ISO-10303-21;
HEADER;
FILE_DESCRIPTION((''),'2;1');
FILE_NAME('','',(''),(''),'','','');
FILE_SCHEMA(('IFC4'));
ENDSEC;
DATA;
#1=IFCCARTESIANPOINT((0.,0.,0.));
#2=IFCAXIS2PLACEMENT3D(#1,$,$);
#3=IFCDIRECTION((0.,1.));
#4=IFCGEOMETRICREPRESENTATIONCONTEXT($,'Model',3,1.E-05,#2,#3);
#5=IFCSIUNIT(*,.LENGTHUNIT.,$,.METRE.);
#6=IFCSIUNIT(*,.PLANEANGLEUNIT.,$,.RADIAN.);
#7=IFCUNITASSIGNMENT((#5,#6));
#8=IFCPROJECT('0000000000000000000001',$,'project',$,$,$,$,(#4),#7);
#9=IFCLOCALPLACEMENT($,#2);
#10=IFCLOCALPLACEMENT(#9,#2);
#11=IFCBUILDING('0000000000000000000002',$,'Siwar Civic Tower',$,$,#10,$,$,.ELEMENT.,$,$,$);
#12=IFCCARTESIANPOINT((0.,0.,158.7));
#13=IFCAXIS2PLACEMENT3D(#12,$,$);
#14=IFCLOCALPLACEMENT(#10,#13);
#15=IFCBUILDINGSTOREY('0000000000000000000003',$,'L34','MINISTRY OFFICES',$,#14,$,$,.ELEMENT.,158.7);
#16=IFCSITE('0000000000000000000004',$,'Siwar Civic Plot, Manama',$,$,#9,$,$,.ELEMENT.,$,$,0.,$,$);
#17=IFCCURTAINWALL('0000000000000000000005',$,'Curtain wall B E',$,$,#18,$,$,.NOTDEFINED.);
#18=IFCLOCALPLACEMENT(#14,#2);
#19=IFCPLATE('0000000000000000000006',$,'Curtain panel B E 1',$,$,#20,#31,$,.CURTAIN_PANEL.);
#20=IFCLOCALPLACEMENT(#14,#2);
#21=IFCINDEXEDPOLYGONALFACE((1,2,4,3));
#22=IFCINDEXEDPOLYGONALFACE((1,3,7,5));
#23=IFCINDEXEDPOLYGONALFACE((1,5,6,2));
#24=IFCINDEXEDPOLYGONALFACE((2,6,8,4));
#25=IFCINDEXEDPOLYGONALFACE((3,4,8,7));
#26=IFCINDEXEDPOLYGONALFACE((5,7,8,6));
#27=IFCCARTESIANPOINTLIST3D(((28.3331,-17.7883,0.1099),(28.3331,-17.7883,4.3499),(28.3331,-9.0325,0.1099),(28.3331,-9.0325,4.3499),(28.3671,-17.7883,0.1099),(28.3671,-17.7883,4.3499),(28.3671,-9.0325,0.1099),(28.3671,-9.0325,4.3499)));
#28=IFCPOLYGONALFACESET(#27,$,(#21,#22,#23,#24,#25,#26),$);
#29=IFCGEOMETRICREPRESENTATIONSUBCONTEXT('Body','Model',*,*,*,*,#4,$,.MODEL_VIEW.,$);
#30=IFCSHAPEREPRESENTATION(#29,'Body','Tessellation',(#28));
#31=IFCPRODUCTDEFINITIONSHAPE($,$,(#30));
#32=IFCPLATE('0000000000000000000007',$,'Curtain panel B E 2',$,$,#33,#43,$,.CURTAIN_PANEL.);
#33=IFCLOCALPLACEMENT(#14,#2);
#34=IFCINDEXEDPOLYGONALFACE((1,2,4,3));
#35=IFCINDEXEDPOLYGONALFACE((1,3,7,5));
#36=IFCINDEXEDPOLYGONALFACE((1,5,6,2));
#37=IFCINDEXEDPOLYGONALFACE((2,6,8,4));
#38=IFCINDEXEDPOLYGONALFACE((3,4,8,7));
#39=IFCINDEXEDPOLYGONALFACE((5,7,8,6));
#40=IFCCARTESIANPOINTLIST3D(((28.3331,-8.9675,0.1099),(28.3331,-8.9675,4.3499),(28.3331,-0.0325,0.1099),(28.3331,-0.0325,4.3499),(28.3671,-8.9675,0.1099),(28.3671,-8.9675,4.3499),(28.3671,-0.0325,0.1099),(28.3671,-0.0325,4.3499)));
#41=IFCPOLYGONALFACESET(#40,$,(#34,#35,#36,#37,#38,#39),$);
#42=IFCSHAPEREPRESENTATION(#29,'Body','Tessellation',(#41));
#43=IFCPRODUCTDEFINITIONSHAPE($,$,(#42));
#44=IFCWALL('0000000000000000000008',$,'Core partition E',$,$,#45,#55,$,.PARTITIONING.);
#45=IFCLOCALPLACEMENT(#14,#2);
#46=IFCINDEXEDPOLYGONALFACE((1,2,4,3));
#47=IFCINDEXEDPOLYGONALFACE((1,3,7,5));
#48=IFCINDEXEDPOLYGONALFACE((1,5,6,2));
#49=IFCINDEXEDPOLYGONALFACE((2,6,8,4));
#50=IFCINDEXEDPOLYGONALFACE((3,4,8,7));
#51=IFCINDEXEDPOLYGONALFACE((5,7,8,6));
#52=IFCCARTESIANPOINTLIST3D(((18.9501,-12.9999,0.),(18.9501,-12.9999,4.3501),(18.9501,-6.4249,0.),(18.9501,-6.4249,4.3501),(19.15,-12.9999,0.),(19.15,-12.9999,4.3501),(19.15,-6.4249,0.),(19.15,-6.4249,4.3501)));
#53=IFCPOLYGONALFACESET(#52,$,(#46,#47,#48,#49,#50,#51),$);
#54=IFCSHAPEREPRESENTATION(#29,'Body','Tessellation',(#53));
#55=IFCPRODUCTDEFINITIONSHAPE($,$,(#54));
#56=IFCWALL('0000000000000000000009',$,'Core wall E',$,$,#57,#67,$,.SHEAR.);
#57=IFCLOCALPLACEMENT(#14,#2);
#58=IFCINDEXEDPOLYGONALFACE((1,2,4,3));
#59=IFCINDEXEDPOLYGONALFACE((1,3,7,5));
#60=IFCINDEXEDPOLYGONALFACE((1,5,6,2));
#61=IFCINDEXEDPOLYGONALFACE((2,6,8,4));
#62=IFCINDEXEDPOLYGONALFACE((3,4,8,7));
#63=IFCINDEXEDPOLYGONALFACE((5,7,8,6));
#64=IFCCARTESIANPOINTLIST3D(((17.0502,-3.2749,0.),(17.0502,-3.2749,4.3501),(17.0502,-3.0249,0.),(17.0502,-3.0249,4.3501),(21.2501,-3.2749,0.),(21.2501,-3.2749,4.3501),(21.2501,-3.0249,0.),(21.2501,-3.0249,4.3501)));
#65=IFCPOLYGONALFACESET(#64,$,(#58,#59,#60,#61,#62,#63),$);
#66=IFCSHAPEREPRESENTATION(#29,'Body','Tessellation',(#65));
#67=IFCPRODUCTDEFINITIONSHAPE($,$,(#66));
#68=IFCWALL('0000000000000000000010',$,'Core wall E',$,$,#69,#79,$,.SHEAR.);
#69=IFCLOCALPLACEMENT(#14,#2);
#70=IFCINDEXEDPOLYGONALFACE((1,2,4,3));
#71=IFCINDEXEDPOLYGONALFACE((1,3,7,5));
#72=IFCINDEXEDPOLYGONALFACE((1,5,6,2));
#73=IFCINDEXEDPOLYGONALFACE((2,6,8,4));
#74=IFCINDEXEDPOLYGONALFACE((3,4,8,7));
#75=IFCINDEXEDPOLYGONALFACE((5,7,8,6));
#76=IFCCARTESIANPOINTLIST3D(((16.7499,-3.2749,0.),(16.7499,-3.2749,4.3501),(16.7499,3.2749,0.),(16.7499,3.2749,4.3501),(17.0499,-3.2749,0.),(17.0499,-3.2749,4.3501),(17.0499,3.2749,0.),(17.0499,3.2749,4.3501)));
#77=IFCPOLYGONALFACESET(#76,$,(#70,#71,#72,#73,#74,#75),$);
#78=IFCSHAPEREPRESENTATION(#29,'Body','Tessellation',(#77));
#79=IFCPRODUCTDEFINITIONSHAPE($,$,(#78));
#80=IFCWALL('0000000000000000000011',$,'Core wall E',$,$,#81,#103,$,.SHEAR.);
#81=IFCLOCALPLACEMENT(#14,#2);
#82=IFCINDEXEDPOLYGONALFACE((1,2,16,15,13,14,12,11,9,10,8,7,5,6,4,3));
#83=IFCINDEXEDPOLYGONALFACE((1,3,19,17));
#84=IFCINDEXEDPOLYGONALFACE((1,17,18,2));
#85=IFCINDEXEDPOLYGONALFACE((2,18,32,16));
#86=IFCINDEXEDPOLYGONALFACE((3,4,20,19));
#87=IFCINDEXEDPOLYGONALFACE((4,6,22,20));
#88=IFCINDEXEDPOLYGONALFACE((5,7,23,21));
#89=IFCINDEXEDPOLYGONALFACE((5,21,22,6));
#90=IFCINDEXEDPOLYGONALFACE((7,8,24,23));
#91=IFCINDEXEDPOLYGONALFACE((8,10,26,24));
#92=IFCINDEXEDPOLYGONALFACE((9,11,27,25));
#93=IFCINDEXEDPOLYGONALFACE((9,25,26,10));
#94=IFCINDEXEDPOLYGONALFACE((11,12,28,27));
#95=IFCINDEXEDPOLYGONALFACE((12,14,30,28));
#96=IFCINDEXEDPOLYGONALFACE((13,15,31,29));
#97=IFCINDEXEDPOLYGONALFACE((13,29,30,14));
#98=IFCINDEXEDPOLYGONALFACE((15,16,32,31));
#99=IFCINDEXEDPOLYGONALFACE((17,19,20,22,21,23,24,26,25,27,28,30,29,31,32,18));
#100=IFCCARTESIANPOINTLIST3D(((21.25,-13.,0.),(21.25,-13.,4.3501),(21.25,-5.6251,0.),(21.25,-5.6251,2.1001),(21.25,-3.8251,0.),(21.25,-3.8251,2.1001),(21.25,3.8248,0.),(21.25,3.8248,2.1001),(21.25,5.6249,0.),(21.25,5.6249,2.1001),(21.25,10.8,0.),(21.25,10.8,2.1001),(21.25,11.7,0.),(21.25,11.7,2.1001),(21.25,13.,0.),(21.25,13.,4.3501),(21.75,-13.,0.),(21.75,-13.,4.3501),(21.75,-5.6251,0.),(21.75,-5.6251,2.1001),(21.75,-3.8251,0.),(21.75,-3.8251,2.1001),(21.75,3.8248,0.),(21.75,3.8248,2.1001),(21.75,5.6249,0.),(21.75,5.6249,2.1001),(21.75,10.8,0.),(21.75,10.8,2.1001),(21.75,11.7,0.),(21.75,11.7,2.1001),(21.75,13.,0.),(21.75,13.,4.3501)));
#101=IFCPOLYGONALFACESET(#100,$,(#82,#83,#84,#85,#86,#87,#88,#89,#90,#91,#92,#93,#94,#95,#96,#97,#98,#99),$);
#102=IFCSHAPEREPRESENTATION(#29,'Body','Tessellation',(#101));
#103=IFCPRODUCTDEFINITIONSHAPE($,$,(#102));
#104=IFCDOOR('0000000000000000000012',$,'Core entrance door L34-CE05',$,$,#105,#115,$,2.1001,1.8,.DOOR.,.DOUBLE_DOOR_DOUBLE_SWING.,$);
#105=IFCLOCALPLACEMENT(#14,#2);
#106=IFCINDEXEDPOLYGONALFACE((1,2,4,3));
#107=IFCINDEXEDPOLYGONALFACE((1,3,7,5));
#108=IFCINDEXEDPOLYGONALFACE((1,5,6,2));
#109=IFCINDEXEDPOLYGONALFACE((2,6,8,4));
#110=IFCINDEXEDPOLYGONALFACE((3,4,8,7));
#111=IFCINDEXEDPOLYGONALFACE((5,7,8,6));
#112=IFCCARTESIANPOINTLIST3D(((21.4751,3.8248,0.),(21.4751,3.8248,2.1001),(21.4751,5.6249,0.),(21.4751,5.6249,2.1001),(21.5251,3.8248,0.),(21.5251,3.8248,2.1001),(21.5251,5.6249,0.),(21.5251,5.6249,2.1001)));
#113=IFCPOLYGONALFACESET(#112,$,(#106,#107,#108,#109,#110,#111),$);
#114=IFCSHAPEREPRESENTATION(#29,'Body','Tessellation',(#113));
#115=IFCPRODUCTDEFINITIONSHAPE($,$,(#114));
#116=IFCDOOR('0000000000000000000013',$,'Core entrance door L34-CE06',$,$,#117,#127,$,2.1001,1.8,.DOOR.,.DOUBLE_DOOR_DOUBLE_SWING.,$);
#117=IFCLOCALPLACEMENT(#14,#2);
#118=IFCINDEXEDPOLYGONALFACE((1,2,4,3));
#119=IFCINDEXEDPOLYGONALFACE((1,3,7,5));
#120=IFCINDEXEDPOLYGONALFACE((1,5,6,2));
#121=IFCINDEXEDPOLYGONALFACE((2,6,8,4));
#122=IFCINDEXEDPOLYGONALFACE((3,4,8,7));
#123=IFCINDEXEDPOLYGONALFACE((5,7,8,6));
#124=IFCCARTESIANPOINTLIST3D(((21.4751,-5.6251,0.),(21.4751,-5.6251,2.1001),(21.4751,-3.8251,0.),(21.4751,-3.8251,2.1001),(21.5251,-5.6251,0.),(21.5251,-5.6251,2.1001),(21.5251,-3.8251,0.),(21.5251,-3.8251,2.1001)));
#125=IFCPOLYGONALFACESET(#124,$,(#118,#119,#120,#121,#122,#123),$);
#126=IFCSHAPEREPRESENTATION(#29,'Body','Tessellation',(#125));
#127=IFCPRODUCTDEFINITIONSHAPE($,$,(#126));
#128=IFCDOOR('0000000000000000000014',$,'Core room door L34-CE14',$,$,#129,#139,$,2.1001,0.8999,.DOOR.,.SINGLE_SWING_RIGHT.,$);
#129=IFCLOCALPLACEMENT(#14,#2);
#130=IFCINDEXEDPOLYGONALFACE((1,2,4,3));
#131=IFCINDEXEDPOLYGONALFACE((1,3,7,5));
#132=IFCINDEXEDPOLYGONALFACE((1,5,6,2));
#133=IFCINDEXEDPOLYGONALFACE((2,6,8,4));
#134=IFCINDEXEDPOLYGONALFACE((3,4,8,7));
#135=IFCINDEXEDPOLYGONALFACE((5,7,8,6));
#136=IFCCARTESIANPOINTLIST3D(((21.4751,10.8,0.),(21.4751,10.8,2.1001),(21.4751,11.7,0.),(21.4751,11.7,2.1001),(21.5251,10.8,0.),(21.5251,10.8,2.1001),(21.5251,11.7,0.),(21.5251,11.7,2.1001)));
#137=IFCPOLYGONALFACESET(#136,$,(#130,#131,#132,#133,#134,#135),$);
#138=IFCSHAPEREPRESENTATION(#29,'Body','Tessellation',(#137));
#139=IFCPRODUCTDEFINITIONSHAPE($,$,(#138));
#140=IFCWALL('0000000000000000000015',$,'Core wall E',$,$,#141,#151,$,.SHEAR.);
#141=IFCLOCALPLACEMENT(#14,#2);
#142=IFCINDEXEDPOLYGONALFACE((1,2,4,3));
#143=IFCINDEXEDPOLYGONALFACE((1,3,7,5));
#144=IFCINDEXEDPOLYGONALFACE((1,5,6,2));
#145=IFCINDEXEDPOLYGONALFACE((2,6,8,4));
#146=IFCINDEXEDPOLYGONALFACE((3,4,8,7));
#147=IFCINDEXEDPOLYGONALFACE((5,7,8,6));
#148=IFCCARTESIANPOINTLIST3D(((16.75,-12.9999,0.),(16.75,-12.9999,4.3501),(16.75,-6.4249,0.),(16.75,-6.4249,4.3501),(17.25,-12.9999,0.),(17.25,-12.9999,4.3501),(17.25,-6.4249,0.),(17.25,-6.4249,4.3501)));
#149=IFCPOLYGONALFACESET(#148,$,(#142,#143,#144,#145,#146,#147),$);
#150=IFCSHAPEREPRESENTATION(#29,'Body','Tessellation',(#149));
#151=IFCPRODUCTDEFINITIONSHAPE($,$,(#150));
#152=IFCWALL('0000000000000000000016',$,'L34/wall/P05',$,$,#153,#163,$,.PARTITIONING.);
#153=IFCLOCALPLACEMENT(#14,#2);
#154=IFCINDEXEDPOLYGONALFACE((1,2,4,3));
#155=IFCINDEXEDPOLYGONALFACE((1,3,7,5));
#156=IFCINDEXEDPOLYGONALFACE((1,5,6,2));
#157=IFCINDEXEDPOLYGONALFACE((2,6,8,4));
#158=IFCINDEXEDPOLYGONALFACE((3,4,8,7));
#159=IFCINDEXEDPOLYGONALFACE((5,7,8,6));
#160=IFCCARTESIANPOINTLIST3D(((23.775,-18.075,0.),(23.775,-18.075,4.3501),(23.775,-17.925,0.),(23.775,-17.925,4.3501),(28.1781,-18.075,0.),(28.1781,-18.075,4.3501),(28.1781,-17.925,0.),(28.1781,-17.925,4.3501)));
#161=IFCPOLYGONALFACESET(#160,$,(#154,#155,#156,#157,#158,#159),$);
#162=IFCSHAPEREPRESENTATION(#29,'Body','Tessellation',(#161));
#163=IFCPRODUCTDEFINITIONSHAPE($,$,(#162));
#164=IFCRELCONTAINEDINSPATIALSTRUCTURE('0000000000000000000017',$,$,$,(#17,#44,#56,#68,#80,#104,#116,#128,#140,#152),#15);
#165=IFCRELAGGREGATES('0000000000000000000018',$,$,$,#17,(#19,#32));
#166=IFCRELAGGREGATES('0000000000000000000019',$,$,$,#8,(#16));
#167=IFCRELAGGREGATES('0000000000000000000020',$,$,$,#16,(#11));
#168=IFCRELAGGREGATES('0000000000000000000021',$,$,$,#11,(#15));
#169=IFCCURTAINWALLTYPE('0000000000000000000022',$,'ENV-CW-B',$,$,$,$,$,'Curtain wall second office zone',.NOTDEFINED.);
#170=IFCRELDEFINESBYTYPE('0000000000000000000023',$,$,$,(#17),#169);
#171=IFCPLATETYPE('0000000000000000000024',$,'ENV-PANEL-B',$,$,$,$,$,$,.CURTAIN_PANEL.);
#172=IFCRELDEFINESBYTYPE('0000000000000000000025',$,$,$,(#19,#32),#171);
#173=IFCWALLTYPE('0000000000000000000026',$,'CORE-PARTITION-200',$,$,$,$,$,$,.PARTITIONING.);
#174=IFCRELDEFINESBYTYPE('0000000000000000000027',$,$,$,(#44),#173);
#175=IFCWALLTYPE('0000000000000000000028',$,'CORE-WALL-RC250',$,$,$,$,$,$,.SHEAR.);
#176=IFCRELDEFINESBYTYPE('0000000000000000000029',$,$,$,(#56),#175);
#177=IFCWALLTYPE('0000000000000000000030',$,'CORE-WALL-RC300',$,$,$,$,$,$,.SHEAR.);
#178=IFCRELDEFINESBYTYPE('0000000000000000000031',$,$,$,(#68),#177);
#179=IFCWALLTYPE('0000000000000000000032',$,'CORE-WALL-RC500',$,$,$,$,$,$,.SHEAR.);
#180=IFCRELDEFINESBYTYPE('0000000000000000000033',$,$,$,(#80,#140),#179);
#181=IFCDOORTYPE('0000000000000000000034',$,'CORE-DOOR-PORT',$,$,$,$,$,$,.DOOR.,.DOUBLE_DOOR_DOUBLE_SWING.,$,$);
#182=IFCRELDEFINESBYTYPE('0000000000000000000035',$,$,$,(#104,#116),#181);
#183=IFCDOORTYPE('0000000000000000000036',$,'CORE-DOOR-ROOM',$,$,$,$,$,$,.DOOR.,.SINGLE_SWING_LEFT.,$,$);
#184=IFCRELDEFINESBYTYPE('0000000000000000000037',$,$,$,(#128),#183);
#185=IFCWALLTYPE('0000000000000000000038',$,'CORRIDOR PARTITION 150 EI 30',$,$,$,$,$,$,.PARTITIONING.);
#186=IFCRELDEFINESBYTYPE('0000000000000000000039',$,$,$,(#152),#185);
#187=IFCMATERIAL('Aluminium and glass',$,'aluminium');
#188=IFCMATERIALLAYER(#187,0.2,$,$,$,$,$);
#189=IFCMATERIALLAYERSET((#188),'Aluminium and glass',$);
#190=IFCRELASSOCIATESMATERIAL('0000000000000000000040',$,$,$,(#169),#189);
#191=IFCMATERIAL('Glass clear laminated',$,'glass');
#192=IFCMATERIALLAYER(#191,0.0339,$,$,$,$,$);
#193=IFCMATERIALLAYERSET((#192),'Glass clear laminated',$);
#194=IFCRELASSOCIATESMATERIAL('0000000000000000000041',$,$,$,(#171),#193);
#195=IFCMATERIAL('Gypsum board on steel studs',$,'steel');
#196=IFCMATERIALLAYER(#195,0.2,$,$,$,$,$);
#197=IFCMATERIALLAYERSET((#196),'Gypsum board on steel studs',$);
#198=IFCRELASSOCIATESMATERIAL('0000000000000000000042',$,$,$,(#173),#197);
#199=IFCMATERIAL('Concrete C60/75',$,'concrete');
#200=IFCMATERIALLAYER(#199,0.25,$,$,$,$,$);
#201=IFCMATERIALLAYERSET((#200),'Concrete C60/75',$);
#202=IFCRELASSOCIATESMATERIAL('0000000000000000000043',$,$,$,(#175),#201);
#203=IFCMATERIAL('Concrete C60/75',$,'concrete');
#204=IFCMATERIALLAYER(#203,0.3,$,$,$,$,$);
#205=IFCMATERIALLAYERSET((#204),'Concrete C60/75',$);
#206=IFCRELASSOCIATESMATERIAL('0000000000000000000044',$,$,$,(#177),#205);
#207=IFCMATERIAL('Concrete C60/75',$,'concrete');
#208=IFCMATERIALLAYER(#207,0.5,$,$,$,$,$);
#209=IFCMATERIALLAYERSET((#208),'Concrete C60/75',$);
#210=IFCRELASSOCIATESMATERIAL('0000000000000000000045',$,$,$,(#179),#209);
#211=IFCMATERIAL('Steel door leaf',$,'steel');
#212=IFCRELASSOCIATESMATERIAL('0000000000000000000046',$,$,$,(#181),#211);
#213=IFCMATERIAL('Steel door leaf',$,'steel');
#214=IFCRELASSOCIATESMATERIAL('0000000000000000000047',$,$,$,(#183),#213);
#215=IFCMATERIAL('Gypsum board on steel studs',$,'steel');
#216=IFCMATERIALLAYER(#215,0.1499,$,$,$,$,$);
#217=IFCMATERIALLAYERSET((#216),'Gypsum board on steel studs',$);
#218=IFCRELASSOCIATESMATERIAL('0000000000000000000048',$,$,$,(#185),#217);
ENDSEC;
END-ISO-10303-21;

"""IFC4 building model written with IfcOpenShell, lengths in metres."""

from ifc_helpers import new_model, si_unit, direction, frame, frame_2d, origin, origin_2d, place, context, subcontext, project, spatial, rectangle, extrude, material, layer, layer_set, type_object, element, fill, aggregate, save


model = new_model("IFC4")

# Units and contexts
model_context = context("Model", 3, precision=1e-05, world=origin(), true_north=direction((0.0, 1.0)))
body_context = subcontext(model_context, "Body", "Model", "MODEL_VIEW")
ifc_project = project(units=[si_unit("LENGTHUNIT", "METRE"), si_unit("PLANEANGLEUNIT", "RADIAN")], contexts=[model_context])

# Site, building, storey
site_placement = place(None, origin())
site = spatial("IfcSite", under=ifc_project, at=site_placement, Name="Siwar Civic Plot, Manama", CompositionType="ELEMENT", RefElevation=0.0)
building_placement = place(site_placement, origin())
building = spatial("IfcBuilding", under=site, at=building_placement, Name="Siwar Civic Tower", CompositionType="ELEMENT")
storey_placement = place(building_placement, frame((0.0, 0.0, 158.7)))
storey = spatial("IfcBuildingStorey", under=building, at=storey_placement, Name="L34", Description="MINISTRY OFFICES", CompositionType="ELEMENT", Elevation=158.7)

# Curtain wall
ifc_material_1 = material(Name="Aluminium and glass", Category="aluminium")
ifc_layer_1 = layer(ifc_material_1, 0.2)
ifc_layer_set_1 = layer_set([ifc_layer_1], Name="Aluminium and glass")
curtain_wall_type = type_object("IfcCurtainWallType", Name="ENV-CW-B", ElementType="Curtain wall second office zone", PredefinedType="NOTDEFINED", material=ifc_layer_set_1)
curtain_wall_placement = place(storey_placement, origin())
curtain_wall = element("IfcCurtainWall", 1, at=curtain_wall_placement, inside=storey, type_object=curtain_wall_type, Name="Curtain wall B E", PredefinedType="NOTDEFINED")

# Plates
ifc_material_2 = material(Name="Glass clear laminated", Category="glass")
ifc_layer_2 = layer(ifc_material_2, 0.0339)
ifc_layer_set_2 = layer_set([ifc_layer_2], Name="Glass clear laminated")
plate_type = type_object("IfcPlateType", Name="ENV-PANEL-B", PredefinedType="CURTAIN_PANEL", material=ifc_layer_set_2)
plate_1_placement = place(storey_placement, frame((28.3501, -13.4104, 0.1099), z_axis=(0.0, 0.0, 1.0), x_axis=(0.0, 1.0, 0.0)))
plate_1 = element("IfcPlate", 2, at=plate_1_placement, type_object=plate_type, Name="Curtain panel B E 1", PredefinedType="CURTAIN_PANEL", context=body_context, shape_type="SweptSolid", body=[
    extrude(rectangle(XDim=8.7559, YDim=0.0339, at=origin_2d()), origin(), (0.0, 0.0, 1.0), 4.24),
])
plate_2_placement = place(storey_placement, frame((28.3501, -4.5, 0.1099), z_axis=(0.0, 0.0, 1.0), x_axis=(0.0, 1.0, 0.0)))
plate_2 = element("IfcPlate", 3, at=plate_2_placement, type_object=plate_type, Name="Curtain panel B E 2", PredefinedType="CURTAIN_PANEL", context=body_context, shape_type="SweptSolid", body=[
    extrude(rectangle(XDim=8.9351, YDim=0.0339, at=origin_2d()), origin(), (0.0, 0.0, 1.0), 4.24),
])
aggregate(curtain_wall, [plate_1, plate_2])

# Walls
ifc_material_3 = material(Name="Gypsum board on steel studs", Category="steel")
ifc_layer_3 = layer(ifc_material_3, 0.2)
ifc_layer_set_3 = layer_set([ifc_layer_3], Name="Gypsum board on steel studs")
wall_type_1 = type_object("IfcWallType", Name="CORE-PARTITION-200", PredefinedType="PARTITIONING", material=ifc_layer_set_3)
wall_1_placement = place(storey_placement, frame((19.05, -13.0, 0.0), z_axis=(0.0, 0.0, 1.0), x_axis=(0.0, 1.0, 0.0)))
element("IfcWall", 4, at=wall_1_placement, inside=storey, type_object=wall_type_1, Name="Core partition E", PredefinedType="PARTITIONING", context=body_context, shape_type="SweptSolid", body=[
    extrude(rectangle(XDim=6.575, YDim=0.2, at=frame_2d((3.2876, 0.0))), origin(), (0.0, 0.0, 1.0), 4.3501),
])
ifc_material_4 = material(Name="Concrete C60/75", Category="concrete")
ifc_layer_4 = layer(ifc_material_4, 0.25)
ifc_layer_set_4 = layer_set([ifc_layer_4], Name="Concrete C60/75")
wall_type_2 = type_object("IfcWallType", Name="CORE-WALL-RC250", PredefinedType="SHEAR", material=ifc_layer_set_4)
wall_2_placement = place(storey_placement, frame((17.05, -3.1499, 0.0), z_axis=(0.0, 0.0, 1.0), x_axis=(1.0, 0.0, 0.0)))
element("IfcWall", 5, at=wall_2_placement, inside=storey, type_object=wall_type_2, Name="Core wall E", PredefinedType="SHEAR", context=body_context, shape_type="SweptSolid", body=[
    extrude(rectangle(XDim=4.2, YDim=0.25, at=frame_2d((2.1001, 0.0))), origin(), (0.0, 0.0, 1.0), 4.3501),
])
ifc_material_5 = material(Name="Concrete C60/75", Category="concrete")
ifc_layer_5 = layer(ifc_material_5, 0.3)
ifc_layer_set_5 = layer_set([ifc_layer_5], Name="Concrete C60/75")
wall_type_3 = type_object("IfcWallType", Name="CORE-WALL-RC300", PredefinedType="SHEAR", material=ifc_layer_set_5)
wall_3_placement = place(storey_placement, frame((16.8999, -3.2749, 0.0), z_axis=(0.0, 0.0, 1.0), x_axis=(0.0, 1.0, 0.0)))
element("IfcWall", 6, at=wall_3_placement, inside=storey, type_object=wall_type_3, Name="Core wall E", PredefinedType="SHEAR", context=body_context, shape_type="SweptSolid", body=[
    extrude(rectangle(XDim=6.5498, YDim=0.3, at=frame_2d((3.2749, 0.0))), origin(), (0.0, 0.0, 1.0), 4.3501),
])

# Wall, openings, doors
ifc_material_6 = material(Name="Concrete C60/75", Category="concrete")
ifc_layer_6 = layer(ifc_material_6, 0.5)
ifc_layer_set_6 = layer_set([ifc_layer_6], Name="Concrete C60/75")
wall_type_4 = type_object("IfcWallType", Name="CORE-WALL-RC500", PredefinedType="SHEAR", material=ifc_layer_set_6)
wall_4_placement = place(storey_placement, frame((21.5, -13.0, 0.0), z_axis=(0.0, 0.0, 1.0), x_axis=(0.0, 1.0, 0.0)))
wall_4 = element("IfcWall", 7, at=wall_4_placement, inside=storey, type_object=wall_type_4, Name="Core wall E", PredefinedType="SHEAR", context=body_context, shape_type="SweptSolid", body=[
    extrude(rectangle(XDim=26.0, YDim=0.5, at=frame_2d((13.0, 0.0))), origin(), (0.0, 0.0, 1.0), 4.3501),
])
opening_1_placement = place(wall_4_placement, frame((16.825, 0.0, 0.0)))
opening_1 = element("IfcOpeningElement", 8, at=opening_1_placement, cuts=wall_4, PredefinedType="OPENING", context=body_context, shape_type="SweptSolid", body=[
    extrude(rectangle(XDim=1.8, YDim=2.1001, at=frame_2d((0.8999, 1.05))), frame((0.0, 0.26, 0.0), z_axis=(0.0, -1.0, 0.0), x_axis=(1.0, 0.0, 0.0)), (0.0, 0.0, 1.0), 0.52),
])
opening_2_placement = place(wall_4_placement, frame((7.375, 0.0, 0.0)))
opening_2 = element("IfcOpeningElement", 9, at=opening_2_placement, cuts=wall_4, PredefinedType="OPENING", context=body_context, shape_type="SweptSolid", body=[
    extrude(rectangle(XDim=1.8, YDim=2.1001, at=frame_2d((0.8999, 1.05))), frame((0.0, 0.26, 0.0), z_axis=(0.0, -1.0, 0.0), x_axis=(1.0, 0.0, 0.0)), (0.0, 0.0, 1.0), 0.52),
])
opening_3_placement = place(wall_4_placement, frame((23.8, 0.0, 0.0)))
opening_3 = element("IfcOpeningElement", 10, at=opening_3_placement, cuts=wall_4, PredefinedType="OPENING", context=body_context, shape_type="SweptSolid", body=[
    extrude(rectangle(XDim=0.8999, YDim=2.1001, at=frame_2d((0.45, 1.05))), frame((0.0, 0.26, 0.0), z_axis=(0.0, -1.0, 0.0), x_axis=(1.0, 0.0, 0.0)), (0.0, 0.0, 1.0), 0.52),
])
ifc_material_7 = material(Name="Steel door leaf", Category="steel")
door_type_1 = type_object("IfcDoorType", Name="CORE-DOOR-PORT", OperationType="DOUBLE_DOOR_DOUBLE_SWING", PredefinedType="DOOR", material=ifc_material_7)
door_1_placement = place(opening_1_placement, origin())
door_1 = element("IfcDoor", 11, at=door_1_placement, inside=storey, type_object=door_type_1, Name="Core entrance door L34-CE05", OperationType="DOUBLE_DOOR_DOUBLE_SWING", OverallHeight=2.1001, OverallWidth=1.8, PredefinedType="DOOR", context=body_context, shape_type="SweptSolid", body=[
    extrude(rectangle(XDim=1.8, YDim=2.1001, at=frame_2d((0.8999, 1.05))), frame((0.0, 0.0249, 0.0), z_axis=(0.0, -1.0, 0.0), x_axis=(1.0, 0.0, 0.0)), (0.0, 0.0, 1.0), 0.05),
])
fill(opening_1, door_1)
door_2_placement = place(opening_2_placement, origin())
door_2 = element("IfcDoor", 12, at=door_2_placement, inside=storey, type_object=door_type_1, Name="Core entrance door L34-CE06", OperationType="DOUBLE_DOOR_DOUBLE_SWING", OverallHeight=2.1001, OverallWidth=1.8, PredefinedType="DOOR", context=body_context, shape_type="SweptSolid", body=[
    extrude(rectangle(XDim=1.8, YDim=2.1001, at=frame_2d((0.8999, 1.05))), frame((0.0, 0.0249, 0.0), z_axis=(0.0, -1.0, 0.0), x_axis=(1.0, 0.0, 0.0)), (0.0, 0.0, 1.0), 0.05),
])
fill(opening_2, door_2)
ifc_material_8 = material(Name="Steel door leaf", Category="steel")
door_type_2 = type_object("IfcDoorType", Name="CORE-DOOR-ROOM", OperationType="SINGLE_SWING_LEFT", PredefinedType="DOOR", material=ifc_material_8)
door_3_placement = place(opening_3_placement, origin())
door_3 = element("IfcDoor", 13, at=door_3_placement, inside=storey, type_object=door_type_2, Name="Core room door L34-CE14", OperationType="SINGLE_SWING_RIGHT", OverallHeight=2.1001, OverallWidth=0.8999, PredefinedType="DOOR", context=body_context, shape_type="SweptSolid", body=[
    extrude(rectangle(XDim=0.8999, YDim=2.1001, at=frame_2d((0.45, 1.05))), frame((0.0, 0.0249, 0.0), z_axis=(0.0, -1.0, 0.0), x_axis=(1.0, 0.0, 0.0)), (0.0, 0.0, 1.0), 0.05),
])
fill(opening_3, door_3)

# Walls
wall_5_placement = place(storey_placement, frame((17.0, -13.0, 0.0), z_axis=(0.0, 0.0, 1.0), x_axis=(0.0, 1.0, 0.0)))
element("IfcWall", 14, at=wall_5_placement, inside=storey, type_object=wall_type_4, Name="Core wall E", PredefinedType="SHEAR", context=body_context, shape_type="SweptSolid", body=[
    extrude(rectangle(XDim=6.575, YDim=0.5, at=frame_2d((3.2876, 0.0))), origin(), (0.0, 0.0, 1.0), 4.3501),
])
ifc_material_9 = material(Name="Gypsum board on steel studs", Category="steel")
ifc_layer_7 = layer(ifc_material_9, 0.1499)
ifc_layer_set_7 = layer_set([ifc_layer_7], Name="Gypsum board on steel studs")
wall_type_5 = type_object("IfcWallType", Name="CORRIDOR PARTITION 150 EI 30", PredefinedType="PARTITIONING", material=ifc_layer_set_7)
wall_6_placement = place(storey_placement, frame((23.7749, -18.0, 0.0), z_axis=(0.0, 0.0, 1.0), x_axis=(1.0, 0.0, 0.0)))
element("IfcWall", 15, at=wall_6_placement, inside=storey, type_object=wall_type_5, Name="L34/wall/P05", PredefinedType="PARTITIONING", context=body_context, shape_type="SweptSolid", body=[
    extrude(rectangle(XDim=4.4031, YDim=0.1499, at=frame_2d((2.2017, 0.0))), origin(), (0.0, 0.0, 1.0), 4.3501),
])

save(model, "model.ifc")
